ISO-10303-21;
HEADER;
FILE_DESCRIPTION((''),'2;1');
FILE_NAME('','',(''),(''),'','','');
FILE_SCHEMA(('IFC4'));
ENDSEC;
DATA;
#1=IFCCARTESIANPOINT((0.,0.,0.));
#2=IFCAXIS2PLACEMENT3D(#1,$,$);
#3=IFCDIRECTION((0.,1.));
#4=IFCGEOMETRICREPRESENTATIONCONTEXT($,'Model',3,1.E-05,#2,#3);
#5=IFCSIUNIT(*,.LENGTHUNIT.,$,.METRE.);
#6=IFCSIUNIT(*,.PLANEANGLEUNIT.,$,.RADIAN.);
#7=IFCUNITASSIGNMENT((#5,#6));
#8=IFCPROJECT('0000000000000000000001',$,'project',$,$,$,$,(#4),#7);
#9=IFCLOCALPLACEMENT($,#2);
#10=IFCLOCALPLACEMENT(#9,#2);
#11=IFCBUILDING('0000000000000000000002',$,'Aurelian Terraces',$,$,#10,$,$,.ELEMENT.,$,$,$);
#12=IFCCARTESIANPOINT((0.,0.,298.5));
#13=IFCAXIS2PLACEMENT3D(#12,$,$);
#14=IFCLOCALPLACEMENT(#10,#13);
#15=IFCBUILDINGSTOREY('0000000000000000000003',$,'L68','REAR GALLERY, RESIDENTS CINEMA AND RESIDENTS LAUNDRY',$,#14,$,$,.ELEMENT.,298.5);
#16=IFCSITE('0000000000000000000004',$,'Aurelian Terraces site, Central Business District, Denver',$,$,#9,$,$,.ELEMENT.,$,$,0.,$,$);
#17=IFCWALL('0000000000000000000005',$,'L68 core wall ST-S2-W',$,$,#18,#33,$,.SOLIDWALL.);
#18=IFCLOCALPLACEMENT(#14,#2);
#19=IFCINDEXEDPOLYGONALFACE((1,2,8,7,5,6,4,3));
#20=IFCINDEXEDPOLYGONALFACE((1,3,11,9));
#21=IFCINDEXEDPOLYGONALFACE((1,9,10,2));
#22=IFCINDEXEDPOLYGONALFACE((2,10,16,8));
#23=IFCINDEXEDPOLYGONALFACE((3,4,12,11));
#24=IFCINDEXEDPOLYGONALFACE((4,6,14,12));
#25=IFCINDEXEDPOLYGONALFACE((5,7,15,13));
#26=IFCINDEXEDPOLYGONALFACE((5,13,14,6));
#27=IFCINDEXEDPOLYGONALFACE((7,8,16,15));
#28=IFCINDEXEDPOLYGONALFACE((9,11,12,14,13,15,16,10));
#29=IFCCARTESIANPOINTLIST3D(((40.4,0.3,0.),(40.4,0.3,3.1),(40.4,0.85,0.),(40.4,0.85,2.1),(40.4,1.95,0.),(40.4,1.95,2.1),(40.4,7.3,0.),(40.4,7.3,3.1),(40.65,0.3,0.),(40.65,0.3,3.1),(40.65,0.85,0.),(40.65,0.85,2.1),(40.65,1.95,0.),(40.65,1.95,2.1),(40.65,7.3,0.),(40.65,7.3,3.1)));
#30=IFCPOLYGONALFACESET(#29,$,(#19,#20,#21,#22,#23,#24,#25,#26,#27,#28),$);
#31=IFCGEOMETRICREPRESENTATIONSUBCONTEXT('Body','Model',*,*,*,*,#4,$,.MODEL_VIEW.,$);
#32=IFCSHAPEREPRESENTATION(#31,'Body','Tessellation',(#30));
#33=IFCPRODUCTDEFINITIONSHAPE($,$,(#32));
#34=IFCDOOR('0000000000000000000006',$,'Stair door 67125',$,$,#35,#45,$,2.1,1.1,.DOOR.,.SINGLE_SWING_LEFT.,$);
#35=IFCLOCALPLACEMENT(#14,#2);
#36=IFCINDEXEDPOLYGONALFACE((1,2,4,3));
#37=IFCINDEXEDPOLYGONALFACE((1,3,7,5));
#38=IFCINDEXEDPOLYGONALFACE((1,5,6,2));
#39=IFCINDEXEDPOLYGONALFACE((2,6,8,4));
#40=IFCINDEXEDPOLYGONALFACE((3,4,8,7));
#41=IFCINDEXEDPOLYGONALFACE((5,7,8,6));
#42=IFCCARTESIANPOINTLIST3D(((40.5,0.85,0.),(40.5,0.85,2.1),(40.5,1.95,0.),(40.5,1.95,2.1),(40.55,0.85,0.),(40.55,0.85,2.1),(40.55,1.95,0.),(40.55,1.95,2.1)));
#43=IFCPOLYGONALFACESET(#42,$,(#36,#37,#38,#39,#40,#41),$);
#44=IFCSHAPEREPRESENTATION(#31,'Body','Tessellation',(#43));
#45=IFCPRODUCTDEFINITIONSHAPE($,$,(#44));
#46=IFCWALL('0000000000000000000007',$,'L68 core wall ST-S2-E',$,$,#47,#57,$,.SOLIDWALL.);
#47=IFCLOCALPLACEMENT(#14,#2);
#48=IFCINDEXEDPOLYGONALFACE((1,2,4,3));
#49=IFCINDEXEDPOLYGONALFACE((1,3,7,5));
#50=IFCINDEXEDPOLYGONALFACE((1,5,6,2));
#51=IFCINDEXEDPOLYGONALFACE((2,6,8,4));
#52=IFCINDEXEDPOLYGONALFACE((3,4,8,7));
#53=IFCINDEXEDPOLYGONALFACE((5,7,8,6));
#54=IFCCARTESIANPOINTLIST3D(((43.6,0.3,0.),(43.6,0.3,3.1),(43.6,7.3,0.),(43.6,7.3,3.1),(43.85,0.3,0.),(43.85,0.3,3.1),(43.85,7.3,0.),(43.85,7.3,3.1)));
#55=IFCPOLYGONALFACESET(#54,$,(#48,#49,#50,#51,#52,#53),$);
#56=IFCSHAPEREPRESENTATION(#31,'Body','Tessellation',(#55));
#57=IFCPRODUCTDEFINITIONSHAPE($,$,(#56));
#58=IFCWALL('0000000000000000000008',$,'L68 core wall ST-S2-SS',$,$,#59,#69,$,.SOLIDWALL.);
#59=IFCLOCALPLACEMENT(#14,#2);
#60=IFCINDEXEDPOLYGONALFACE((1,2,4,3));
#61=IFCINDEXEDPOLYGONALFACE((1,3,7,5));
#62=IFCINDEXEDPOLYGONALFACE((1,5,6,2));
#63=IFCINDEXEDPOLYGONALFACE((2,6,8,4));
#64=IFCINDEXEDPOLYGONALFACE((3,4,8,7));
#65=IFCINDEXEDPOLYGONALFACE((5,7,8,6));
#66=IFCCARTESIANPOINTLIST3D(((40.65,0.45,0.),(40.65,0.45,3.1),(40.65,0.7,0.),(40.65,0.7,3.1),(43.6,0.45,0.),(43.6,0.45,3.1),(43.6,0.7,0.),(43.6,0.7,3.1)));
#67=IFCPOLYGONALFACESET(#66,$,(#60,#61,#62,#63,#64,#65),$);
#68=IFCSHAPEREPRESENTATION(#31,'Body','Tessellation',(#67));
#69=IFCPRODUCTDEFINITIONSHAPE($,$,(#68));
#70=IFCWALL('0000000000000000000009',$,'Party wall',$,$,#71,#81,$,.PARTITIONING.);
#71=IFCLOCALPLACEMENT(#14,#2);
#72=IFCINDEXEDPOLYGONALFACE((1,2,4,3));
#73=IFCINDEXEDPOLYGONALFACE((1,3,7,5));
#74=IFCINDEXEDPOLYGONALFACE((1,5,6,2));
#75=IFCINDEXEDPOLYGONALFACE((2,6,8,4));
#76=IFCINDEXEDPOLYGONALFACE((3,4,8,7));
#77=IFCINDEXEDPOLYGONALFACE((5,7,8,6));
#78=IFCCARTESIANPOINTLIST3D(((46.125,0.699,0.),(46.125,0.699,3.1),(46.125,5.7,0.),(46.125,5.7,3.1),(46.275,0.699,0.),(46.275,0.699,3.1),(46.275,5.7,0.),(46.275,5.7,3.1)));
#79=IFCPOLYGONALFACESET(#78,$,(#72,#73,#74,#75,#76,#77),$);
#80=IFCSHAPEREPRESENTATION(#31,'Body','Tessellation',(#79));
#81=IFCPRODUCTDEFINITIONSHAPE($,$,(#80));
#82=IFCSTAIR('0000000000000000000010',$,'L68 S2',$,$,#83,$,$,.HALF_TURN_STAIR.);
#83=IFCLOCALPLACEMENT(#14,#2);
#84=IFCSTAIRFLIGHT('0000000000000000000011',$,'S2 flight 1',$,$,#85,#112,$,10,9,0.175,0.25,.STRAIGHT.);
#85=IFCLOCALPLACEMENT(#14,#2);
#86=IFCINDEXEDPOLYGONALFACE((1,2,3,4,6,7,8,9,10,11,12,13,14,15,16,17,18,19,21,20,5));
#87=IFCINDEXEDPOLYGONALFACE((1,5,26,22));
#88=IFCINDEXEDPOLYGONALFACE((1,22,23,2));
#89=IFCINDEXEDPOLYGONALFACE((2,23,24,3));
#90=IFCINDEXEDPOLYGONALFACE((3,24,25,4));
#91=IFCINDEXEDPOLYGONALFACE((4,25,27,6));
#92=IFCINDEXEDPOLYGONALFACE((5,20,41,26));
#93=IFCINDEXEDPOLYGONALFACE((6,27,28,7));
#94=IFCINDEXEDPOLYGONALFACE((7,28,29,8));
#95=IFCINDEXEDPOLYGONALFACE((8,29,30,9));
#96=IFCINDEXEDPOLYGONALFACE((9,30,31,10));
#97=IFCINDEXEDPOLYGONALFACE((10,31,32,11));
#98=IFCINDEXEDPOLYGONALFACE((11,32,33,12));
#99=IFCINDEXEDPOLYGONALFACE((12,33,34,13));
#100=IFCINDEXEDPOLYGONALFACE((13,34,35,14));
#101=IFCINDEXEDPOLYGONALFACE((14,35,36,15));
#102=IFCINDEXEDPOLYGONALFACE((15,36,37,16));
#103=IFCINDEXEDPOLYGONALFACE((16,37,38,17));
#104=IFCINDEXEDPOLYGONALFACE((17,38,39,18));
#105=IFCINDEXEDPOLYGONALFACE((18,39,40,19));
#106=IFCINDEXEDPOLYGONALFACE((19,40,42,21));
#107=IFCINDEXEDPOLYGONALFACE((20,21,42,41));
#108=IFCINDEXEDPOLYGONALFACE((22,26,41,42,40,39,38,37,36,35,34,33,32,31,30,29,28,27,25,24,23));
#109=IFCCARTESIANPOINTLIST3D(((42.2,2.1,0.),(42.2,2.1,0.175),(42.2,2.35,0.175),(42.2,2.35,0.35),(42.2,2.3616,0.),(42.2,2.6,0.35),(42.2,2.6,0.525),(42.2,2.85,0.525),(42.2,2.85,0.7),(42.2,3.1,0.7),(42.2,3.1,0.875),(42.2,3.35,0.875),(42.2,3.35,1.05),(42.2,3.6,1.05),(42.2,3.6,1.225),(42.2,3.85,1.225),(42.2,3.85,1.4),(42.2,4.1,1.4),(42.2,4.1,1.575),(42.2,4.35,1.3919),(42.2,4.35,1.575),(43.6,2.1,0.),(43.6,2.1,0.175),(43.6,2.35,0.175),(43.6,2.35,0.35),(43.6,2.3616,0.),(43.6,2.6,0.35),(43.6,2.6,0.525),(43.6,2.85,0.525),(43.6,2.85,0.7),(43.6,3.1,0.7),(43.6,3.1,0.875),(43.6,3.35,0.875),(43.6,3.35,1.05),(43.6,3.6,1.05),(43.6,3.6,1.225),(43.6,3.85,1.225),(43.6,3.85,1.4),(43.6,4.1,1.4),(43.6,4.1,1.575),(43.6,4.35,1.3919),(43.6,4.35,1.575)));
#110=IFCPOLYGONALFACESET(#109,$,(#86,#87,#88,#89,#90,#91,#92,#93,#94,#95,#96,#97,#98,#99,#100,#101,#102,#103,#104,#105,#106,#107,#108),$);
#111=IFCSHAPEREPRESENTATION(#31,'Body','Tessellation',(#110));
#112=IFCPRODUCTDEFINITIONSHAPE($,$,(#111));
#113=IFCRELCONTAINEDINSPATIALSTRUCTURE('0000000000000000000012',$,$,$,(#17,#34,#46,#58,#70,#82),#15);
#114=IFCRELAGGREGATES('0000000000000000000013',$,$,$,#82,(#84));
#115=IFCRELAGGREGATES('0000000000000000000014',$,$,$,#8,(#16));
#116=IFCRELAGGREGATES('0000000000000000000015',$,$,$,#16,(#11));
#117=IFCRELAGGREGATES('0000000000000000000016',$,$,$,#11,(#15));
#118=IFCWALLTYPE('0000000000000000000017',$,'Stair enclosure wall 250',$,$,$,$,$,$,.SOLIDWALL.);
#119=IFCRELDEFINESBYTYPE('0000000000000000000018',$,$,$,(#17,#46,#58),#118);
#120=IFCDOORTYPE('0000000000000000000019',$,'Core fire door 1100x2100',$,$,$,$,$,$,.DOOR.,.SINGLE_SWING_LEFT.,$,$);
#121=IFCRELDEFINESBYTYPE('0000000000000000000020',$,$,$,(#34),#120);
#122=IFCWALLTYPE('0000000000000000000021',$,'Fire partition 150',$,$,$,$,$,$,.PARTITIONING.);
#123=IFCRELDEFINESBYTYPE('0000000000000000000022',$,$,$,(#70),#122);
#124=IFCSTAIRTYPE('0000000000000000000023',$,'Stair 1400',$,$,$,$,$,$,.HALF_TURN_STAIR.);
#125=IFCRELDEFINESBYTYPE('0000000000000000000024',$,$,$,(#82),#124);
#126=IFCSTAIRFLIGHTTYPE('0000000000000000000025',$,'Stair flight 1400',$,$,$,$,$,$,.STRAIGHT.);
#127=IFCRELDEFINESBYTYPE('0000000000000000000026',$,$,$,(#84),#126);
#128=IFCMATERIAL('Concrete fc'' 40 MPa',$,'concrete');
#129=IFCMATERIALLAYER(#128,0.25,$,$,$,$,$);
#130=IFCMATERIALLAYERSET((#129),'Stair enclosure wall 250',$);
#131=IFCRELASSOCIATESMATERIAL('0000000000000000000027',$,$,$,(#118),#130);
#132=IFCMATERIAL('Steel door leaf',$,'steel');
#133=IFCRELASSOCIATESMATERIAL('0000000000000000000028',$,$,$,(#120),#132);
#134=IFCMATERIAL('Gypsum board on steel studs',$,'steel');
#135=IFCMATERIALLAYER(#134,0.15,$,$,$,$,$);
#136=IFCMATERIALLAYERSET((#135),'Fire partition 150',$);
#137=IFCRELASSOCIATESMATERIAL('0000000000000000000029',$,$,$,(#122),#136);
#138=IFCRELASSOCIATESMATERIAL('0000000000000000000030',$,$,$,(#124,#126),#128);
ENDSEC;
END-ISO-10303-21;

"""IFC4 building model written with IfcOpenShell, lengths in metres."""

from ifc_helpers import new_model, si_unit, direction, frame, frame_2d, origin, place, context, subcontext, project, spatial, polyline, rectangle, outline, extrude, source, transform, mapped, material, layer, layer_set, type_object, element, fill, aggregate, save


model = new_model("IFC4")

# Units and contexts
model_context = context("Model", 3, precision=1e-05, world=origin(), true_north=direction((0.0, 1.0)))
body_context = subcontext(model_context, "Body", "Model", "MODEL_VIEW")
ifc_project = project(units=[si_unit("LENGTHUNIT", "METRE"), si_unit("PLANEANGLEUNIT", "RADIAN")], contexts=[model_context])

# Site, building, storey
site_placement = place(None, origin())
site = spatial("IfcSite", under=ifc_project, at=site_placement, Name="Aurelian Terraces site, Central Business District, Denver", CompositionType="ELEMENT", RefElevation=0.0)
building_placement = place(site_placement, origin())
building = spatial("IfcBuilding", under=site, at=building_placement, Name="Aurelian Terraces", CompositionType="ELEMENT")
storey_placement = place(building_placement, frame((0.0, 0.0, 298.5)))
storey = spatial("IfcBuildingStorey", under=building, at=storey_placement, Name="L68", Description="REAR GALLERY, RESIDENTS CINEMA AND RESIDENTS LAUNDRY", CompositionType="ELEMENT", Elevation=298.5)

# Wall, opening, door
ifc_material_1 = material(Name="Concrete fc' 40 MPa", Category="concrete")
ifc_layer_1 = layer(ifc_material_1, 0.25)
ifc_layer_set_1 = layer_set([ifc_layer_1], Name="Stair enclosure wall 250")
wall_type_1 = type_object("IfcWallType", Name="Stair enclosure wall 250", PredefinedType="SOLIDWALL", material=ifc_layer_set_1)
shared_shape_1 = source(origin(), body_context, "Body", "SweptSolid", [
    extrude(rectangle(XDim=7.0, YDim=0.25, at=frame_2d((3.5, 0.0))), origin(), (0.0, 0.0, 1.0), 3.1),
])
wall_1_placement = place(storey_placement, frame((40.525, 0.3, 0.0), z_axis=(0.0, 0.0, 1.0), x_axis=(0.0, 1.0, 0.0)))
wall_1 = element("IfcWall", 1, at=wall_1_placement, inside=storey, type_object=wall_type_1, Name="L68 core wall ST-S2-W", PredefinedType="SOLIDWALL", context=body_context, shape_type="MappedRepresentation", body=[
    mapped(shared_shape_1, transform((0.0, 0.0, 0.0), scale=1.0)),
])
shared_shape_2 = source(origin(), body_context, "Body", "SweptSolid", [
    extrude(rectangle(XDim=1.1, YDim=2.1, at=frame_2d((0.55, 1.05))), frame((0.0, 0.135, 0.0), z_axis=(0.0, -1.0, 0.0), x_axis=(1.0, 0.0, 0.0)), (0.0, 0.0, 1.0), 0.27),
])
opening_1_placement = place(wall_1_placement, frame((0.55, 0.0, 0.0)))
opening_1 = element("IfcOpeningElement", 2, at=opening_1_placement, cuts=wall_1, PredefinedType="OPENING", context=body_context, shape_type="MappedRepresentation", body=[
    mapped(shared_shape_2, transform((0.0, 0.0, 0.0), scale=1.0)),
])
ifc_material_2 = material(Name="Steel door leaf", Category="steel")
door_type = type_object("IfcDoorType", Name="Core fire door 1100x2100", OperationType="SINGLE_SWING_LEFT", PredefinedType="DOOR", material=ifc_material_2)
shared_shape_3 = source(origin(), body_context, "Body", "SweptSolid", [
    extrude(rectangle(XDim=1.1, YDim=2.1, at=frame_2d((0.55, 1.05))), frame((0.0, 0.025, 0.0), z_axis=(0.0, -1.0, 0.0), x_axis=(1.0, 0.0, 0.0)), (0.0, 0.0, 1.0), 0.05),
])
door_placement = place(opening_1_placement, origin())
door = element("IfcDoor", 3, at=door_placement, inside=storey, type_object=door_type, Name="Stair door 67125", OperationType="SINGLE_SWING_LEFT", OverallHeight=2.1, OverallWidth=1.1, PredefinedType="DOOR", context=body_context, shape_type="MappedRepresentation", body=[
    mapped(shared_shape_3, transform((0.0, 0.0, 0.0), scale=1.0)),
])
fill(opening_1, door)

# Walls
wall_2_placement = place(storey_placement, frame((43.725, 0.3, 0.0), z_axis=(0.0, 0.0, 1.0), x_axis=(0.0, 1.0, 0.0)))
element("IfcWall", 4, at=wall_2_placement, inside=storey, type_object=wall_type_1, Name="L68 core wall ST-S2-E", PredefinedType="SOLIDWALL", context=body_context, shape_type="MappedRepresentation", body=[
    mapped(shared_shape_1, transform((0.0, 0.0, 0.0), scale=1.0)),
])
shared_shape_4 = source(origin(), body_context, "Body", "SweptSolid", [
    extrude(rectangle(XDim=2.95, YDim=0.25, at=frame_2d((1.475, 0.0))), origin(), (0.0, 0.0, 1.0), 3.1),
])
wall_3_placement = place(storey_placement, frame((40.65, 0.575, 0.0), z_axis=(0.0, 0.0, 1.0), x_axis=(1.0, 0.0, 0.0)))
element("IfcWall", 5, at=wall_3_placement, inside=storey, type_object=wall_type_1, Name="L68 core wall ST-S2-SS", PredefinedType="SOLIDWALL", context=body_context, shape_type="MappedRepresentation", body=[
    mapped(shared_shape_4, transform((0.0, 0.0, 0.0), scale=1.0)),
])
ifc_material_3 = material(Name="Gypsum board on steel studs", Category="steel")
ifc_layer_2 = layer(ifc_material_3, 0.15)
ifc_layer_set_2 = layer_set([ifc_layer_2], Name="Fire partition 150")
wall_type_2 = type_object("IfcWallType", Name="Fire partition 150", PredefinedType="PARTITIONING", material=ifc_layer_set_2)
shared_shape_5 = source(origin(), body_context, "Body", "SweptSolid", [
    extrude(rectangle(XDim=5.001, YDim=0.15, at=frame_2d((2.5005, 0.0))), origin(), (0.0, 0.0, 1.0), 3.1),
])
wall_4_placement = place(storey_placement, frame((46.2, 0.699, 0.0), z_axis=(0.0, 0.0, 1.0), x_axis=(0.0, 1.0, 0.0)))
element("IfcWall", 6, at=wall_4_placement, inside=storey, type_object=wall_type_2, Name="Party wall", PredefinedType="PARTITIONING", context=body_context, shape_type="MappedRepresentation", body=[
    mapped(shared_shape_5, transform((0.0, 0.0, 0.0), scale=1.0)),
])

# Stair, stair flight
stair_type = type_object("IfcStairType", Name="Stair 1400", PredefinedType="HALF_TURN_STAIR", material=ifc_material_1)
stair_placement = place(storey_placement, origin())
stair = element("IfcStair", 7, at=stair_placement, inside=storey, type_object=stair_type, Name="L68 S2", PredefinedType="HALF_TURN_STAIR")
stair_flight_type = type_object("IfcStairFlightType", Name="Stair flight 1400", PredefinedType="STRAIGHT", material=ifc_material_1)
shared_shape_6 = source(origin(), body_context, "Body", "SweptSolid", [
    extrude(outline(polyline([(0.0, 0.0), (0.0, 0.175), (0.25, 0.175), (0.25, 0.35), (0.5, 0.35), (0.5, 0.525), (0.75, 0.525), (0.75, 0.7), (1.0, 0.7), (1.0, 0.875), (1.25, 0.875), (1.25, 1.05), (1.5, 1.05), (1.5, 1.225), (1.75, 1.225), (1.75, 1.4), (2.0, 1.4), (2.0, 1.575), (2.25, 1.575), (2.25, 1.75), (2.25, 1.3919), (0.2616, 0.0), (0.0, 0.0)])), frame((0.0, 0.7, 0.0), z_axis=(0.0, -1.0, 0.0), x_axis=(1.0, 0.0, 0.0)), (0.0, 0.0, 1.0), 1.4),
])
stair_flight_placement = place(storey_placement, frame((42.9, 2.1, 0.0), z_axis=(0.0, 0.0, 1.0), x_axis=(0.0, 1.0, 0.0)))
stair_flight = element("IfcStairFlight", 8, at=stair_flight_placement, type_object=stair_flight_type, Name="S2 flight 1", NumberOfRisers=10, NumberOfTreads=9, PredefinedType="STRAIGHT", RiserHeight=0.175, TreadLength=0.25, context=body_context, shape_type="MappedRepresentation", body=[
    mapped(shared_shape_6, transform((0.0, 0.0, 0.0), scale=1.0)),
])
aggregate(stair, [stair_flight])

save(model, "model.ifc")
